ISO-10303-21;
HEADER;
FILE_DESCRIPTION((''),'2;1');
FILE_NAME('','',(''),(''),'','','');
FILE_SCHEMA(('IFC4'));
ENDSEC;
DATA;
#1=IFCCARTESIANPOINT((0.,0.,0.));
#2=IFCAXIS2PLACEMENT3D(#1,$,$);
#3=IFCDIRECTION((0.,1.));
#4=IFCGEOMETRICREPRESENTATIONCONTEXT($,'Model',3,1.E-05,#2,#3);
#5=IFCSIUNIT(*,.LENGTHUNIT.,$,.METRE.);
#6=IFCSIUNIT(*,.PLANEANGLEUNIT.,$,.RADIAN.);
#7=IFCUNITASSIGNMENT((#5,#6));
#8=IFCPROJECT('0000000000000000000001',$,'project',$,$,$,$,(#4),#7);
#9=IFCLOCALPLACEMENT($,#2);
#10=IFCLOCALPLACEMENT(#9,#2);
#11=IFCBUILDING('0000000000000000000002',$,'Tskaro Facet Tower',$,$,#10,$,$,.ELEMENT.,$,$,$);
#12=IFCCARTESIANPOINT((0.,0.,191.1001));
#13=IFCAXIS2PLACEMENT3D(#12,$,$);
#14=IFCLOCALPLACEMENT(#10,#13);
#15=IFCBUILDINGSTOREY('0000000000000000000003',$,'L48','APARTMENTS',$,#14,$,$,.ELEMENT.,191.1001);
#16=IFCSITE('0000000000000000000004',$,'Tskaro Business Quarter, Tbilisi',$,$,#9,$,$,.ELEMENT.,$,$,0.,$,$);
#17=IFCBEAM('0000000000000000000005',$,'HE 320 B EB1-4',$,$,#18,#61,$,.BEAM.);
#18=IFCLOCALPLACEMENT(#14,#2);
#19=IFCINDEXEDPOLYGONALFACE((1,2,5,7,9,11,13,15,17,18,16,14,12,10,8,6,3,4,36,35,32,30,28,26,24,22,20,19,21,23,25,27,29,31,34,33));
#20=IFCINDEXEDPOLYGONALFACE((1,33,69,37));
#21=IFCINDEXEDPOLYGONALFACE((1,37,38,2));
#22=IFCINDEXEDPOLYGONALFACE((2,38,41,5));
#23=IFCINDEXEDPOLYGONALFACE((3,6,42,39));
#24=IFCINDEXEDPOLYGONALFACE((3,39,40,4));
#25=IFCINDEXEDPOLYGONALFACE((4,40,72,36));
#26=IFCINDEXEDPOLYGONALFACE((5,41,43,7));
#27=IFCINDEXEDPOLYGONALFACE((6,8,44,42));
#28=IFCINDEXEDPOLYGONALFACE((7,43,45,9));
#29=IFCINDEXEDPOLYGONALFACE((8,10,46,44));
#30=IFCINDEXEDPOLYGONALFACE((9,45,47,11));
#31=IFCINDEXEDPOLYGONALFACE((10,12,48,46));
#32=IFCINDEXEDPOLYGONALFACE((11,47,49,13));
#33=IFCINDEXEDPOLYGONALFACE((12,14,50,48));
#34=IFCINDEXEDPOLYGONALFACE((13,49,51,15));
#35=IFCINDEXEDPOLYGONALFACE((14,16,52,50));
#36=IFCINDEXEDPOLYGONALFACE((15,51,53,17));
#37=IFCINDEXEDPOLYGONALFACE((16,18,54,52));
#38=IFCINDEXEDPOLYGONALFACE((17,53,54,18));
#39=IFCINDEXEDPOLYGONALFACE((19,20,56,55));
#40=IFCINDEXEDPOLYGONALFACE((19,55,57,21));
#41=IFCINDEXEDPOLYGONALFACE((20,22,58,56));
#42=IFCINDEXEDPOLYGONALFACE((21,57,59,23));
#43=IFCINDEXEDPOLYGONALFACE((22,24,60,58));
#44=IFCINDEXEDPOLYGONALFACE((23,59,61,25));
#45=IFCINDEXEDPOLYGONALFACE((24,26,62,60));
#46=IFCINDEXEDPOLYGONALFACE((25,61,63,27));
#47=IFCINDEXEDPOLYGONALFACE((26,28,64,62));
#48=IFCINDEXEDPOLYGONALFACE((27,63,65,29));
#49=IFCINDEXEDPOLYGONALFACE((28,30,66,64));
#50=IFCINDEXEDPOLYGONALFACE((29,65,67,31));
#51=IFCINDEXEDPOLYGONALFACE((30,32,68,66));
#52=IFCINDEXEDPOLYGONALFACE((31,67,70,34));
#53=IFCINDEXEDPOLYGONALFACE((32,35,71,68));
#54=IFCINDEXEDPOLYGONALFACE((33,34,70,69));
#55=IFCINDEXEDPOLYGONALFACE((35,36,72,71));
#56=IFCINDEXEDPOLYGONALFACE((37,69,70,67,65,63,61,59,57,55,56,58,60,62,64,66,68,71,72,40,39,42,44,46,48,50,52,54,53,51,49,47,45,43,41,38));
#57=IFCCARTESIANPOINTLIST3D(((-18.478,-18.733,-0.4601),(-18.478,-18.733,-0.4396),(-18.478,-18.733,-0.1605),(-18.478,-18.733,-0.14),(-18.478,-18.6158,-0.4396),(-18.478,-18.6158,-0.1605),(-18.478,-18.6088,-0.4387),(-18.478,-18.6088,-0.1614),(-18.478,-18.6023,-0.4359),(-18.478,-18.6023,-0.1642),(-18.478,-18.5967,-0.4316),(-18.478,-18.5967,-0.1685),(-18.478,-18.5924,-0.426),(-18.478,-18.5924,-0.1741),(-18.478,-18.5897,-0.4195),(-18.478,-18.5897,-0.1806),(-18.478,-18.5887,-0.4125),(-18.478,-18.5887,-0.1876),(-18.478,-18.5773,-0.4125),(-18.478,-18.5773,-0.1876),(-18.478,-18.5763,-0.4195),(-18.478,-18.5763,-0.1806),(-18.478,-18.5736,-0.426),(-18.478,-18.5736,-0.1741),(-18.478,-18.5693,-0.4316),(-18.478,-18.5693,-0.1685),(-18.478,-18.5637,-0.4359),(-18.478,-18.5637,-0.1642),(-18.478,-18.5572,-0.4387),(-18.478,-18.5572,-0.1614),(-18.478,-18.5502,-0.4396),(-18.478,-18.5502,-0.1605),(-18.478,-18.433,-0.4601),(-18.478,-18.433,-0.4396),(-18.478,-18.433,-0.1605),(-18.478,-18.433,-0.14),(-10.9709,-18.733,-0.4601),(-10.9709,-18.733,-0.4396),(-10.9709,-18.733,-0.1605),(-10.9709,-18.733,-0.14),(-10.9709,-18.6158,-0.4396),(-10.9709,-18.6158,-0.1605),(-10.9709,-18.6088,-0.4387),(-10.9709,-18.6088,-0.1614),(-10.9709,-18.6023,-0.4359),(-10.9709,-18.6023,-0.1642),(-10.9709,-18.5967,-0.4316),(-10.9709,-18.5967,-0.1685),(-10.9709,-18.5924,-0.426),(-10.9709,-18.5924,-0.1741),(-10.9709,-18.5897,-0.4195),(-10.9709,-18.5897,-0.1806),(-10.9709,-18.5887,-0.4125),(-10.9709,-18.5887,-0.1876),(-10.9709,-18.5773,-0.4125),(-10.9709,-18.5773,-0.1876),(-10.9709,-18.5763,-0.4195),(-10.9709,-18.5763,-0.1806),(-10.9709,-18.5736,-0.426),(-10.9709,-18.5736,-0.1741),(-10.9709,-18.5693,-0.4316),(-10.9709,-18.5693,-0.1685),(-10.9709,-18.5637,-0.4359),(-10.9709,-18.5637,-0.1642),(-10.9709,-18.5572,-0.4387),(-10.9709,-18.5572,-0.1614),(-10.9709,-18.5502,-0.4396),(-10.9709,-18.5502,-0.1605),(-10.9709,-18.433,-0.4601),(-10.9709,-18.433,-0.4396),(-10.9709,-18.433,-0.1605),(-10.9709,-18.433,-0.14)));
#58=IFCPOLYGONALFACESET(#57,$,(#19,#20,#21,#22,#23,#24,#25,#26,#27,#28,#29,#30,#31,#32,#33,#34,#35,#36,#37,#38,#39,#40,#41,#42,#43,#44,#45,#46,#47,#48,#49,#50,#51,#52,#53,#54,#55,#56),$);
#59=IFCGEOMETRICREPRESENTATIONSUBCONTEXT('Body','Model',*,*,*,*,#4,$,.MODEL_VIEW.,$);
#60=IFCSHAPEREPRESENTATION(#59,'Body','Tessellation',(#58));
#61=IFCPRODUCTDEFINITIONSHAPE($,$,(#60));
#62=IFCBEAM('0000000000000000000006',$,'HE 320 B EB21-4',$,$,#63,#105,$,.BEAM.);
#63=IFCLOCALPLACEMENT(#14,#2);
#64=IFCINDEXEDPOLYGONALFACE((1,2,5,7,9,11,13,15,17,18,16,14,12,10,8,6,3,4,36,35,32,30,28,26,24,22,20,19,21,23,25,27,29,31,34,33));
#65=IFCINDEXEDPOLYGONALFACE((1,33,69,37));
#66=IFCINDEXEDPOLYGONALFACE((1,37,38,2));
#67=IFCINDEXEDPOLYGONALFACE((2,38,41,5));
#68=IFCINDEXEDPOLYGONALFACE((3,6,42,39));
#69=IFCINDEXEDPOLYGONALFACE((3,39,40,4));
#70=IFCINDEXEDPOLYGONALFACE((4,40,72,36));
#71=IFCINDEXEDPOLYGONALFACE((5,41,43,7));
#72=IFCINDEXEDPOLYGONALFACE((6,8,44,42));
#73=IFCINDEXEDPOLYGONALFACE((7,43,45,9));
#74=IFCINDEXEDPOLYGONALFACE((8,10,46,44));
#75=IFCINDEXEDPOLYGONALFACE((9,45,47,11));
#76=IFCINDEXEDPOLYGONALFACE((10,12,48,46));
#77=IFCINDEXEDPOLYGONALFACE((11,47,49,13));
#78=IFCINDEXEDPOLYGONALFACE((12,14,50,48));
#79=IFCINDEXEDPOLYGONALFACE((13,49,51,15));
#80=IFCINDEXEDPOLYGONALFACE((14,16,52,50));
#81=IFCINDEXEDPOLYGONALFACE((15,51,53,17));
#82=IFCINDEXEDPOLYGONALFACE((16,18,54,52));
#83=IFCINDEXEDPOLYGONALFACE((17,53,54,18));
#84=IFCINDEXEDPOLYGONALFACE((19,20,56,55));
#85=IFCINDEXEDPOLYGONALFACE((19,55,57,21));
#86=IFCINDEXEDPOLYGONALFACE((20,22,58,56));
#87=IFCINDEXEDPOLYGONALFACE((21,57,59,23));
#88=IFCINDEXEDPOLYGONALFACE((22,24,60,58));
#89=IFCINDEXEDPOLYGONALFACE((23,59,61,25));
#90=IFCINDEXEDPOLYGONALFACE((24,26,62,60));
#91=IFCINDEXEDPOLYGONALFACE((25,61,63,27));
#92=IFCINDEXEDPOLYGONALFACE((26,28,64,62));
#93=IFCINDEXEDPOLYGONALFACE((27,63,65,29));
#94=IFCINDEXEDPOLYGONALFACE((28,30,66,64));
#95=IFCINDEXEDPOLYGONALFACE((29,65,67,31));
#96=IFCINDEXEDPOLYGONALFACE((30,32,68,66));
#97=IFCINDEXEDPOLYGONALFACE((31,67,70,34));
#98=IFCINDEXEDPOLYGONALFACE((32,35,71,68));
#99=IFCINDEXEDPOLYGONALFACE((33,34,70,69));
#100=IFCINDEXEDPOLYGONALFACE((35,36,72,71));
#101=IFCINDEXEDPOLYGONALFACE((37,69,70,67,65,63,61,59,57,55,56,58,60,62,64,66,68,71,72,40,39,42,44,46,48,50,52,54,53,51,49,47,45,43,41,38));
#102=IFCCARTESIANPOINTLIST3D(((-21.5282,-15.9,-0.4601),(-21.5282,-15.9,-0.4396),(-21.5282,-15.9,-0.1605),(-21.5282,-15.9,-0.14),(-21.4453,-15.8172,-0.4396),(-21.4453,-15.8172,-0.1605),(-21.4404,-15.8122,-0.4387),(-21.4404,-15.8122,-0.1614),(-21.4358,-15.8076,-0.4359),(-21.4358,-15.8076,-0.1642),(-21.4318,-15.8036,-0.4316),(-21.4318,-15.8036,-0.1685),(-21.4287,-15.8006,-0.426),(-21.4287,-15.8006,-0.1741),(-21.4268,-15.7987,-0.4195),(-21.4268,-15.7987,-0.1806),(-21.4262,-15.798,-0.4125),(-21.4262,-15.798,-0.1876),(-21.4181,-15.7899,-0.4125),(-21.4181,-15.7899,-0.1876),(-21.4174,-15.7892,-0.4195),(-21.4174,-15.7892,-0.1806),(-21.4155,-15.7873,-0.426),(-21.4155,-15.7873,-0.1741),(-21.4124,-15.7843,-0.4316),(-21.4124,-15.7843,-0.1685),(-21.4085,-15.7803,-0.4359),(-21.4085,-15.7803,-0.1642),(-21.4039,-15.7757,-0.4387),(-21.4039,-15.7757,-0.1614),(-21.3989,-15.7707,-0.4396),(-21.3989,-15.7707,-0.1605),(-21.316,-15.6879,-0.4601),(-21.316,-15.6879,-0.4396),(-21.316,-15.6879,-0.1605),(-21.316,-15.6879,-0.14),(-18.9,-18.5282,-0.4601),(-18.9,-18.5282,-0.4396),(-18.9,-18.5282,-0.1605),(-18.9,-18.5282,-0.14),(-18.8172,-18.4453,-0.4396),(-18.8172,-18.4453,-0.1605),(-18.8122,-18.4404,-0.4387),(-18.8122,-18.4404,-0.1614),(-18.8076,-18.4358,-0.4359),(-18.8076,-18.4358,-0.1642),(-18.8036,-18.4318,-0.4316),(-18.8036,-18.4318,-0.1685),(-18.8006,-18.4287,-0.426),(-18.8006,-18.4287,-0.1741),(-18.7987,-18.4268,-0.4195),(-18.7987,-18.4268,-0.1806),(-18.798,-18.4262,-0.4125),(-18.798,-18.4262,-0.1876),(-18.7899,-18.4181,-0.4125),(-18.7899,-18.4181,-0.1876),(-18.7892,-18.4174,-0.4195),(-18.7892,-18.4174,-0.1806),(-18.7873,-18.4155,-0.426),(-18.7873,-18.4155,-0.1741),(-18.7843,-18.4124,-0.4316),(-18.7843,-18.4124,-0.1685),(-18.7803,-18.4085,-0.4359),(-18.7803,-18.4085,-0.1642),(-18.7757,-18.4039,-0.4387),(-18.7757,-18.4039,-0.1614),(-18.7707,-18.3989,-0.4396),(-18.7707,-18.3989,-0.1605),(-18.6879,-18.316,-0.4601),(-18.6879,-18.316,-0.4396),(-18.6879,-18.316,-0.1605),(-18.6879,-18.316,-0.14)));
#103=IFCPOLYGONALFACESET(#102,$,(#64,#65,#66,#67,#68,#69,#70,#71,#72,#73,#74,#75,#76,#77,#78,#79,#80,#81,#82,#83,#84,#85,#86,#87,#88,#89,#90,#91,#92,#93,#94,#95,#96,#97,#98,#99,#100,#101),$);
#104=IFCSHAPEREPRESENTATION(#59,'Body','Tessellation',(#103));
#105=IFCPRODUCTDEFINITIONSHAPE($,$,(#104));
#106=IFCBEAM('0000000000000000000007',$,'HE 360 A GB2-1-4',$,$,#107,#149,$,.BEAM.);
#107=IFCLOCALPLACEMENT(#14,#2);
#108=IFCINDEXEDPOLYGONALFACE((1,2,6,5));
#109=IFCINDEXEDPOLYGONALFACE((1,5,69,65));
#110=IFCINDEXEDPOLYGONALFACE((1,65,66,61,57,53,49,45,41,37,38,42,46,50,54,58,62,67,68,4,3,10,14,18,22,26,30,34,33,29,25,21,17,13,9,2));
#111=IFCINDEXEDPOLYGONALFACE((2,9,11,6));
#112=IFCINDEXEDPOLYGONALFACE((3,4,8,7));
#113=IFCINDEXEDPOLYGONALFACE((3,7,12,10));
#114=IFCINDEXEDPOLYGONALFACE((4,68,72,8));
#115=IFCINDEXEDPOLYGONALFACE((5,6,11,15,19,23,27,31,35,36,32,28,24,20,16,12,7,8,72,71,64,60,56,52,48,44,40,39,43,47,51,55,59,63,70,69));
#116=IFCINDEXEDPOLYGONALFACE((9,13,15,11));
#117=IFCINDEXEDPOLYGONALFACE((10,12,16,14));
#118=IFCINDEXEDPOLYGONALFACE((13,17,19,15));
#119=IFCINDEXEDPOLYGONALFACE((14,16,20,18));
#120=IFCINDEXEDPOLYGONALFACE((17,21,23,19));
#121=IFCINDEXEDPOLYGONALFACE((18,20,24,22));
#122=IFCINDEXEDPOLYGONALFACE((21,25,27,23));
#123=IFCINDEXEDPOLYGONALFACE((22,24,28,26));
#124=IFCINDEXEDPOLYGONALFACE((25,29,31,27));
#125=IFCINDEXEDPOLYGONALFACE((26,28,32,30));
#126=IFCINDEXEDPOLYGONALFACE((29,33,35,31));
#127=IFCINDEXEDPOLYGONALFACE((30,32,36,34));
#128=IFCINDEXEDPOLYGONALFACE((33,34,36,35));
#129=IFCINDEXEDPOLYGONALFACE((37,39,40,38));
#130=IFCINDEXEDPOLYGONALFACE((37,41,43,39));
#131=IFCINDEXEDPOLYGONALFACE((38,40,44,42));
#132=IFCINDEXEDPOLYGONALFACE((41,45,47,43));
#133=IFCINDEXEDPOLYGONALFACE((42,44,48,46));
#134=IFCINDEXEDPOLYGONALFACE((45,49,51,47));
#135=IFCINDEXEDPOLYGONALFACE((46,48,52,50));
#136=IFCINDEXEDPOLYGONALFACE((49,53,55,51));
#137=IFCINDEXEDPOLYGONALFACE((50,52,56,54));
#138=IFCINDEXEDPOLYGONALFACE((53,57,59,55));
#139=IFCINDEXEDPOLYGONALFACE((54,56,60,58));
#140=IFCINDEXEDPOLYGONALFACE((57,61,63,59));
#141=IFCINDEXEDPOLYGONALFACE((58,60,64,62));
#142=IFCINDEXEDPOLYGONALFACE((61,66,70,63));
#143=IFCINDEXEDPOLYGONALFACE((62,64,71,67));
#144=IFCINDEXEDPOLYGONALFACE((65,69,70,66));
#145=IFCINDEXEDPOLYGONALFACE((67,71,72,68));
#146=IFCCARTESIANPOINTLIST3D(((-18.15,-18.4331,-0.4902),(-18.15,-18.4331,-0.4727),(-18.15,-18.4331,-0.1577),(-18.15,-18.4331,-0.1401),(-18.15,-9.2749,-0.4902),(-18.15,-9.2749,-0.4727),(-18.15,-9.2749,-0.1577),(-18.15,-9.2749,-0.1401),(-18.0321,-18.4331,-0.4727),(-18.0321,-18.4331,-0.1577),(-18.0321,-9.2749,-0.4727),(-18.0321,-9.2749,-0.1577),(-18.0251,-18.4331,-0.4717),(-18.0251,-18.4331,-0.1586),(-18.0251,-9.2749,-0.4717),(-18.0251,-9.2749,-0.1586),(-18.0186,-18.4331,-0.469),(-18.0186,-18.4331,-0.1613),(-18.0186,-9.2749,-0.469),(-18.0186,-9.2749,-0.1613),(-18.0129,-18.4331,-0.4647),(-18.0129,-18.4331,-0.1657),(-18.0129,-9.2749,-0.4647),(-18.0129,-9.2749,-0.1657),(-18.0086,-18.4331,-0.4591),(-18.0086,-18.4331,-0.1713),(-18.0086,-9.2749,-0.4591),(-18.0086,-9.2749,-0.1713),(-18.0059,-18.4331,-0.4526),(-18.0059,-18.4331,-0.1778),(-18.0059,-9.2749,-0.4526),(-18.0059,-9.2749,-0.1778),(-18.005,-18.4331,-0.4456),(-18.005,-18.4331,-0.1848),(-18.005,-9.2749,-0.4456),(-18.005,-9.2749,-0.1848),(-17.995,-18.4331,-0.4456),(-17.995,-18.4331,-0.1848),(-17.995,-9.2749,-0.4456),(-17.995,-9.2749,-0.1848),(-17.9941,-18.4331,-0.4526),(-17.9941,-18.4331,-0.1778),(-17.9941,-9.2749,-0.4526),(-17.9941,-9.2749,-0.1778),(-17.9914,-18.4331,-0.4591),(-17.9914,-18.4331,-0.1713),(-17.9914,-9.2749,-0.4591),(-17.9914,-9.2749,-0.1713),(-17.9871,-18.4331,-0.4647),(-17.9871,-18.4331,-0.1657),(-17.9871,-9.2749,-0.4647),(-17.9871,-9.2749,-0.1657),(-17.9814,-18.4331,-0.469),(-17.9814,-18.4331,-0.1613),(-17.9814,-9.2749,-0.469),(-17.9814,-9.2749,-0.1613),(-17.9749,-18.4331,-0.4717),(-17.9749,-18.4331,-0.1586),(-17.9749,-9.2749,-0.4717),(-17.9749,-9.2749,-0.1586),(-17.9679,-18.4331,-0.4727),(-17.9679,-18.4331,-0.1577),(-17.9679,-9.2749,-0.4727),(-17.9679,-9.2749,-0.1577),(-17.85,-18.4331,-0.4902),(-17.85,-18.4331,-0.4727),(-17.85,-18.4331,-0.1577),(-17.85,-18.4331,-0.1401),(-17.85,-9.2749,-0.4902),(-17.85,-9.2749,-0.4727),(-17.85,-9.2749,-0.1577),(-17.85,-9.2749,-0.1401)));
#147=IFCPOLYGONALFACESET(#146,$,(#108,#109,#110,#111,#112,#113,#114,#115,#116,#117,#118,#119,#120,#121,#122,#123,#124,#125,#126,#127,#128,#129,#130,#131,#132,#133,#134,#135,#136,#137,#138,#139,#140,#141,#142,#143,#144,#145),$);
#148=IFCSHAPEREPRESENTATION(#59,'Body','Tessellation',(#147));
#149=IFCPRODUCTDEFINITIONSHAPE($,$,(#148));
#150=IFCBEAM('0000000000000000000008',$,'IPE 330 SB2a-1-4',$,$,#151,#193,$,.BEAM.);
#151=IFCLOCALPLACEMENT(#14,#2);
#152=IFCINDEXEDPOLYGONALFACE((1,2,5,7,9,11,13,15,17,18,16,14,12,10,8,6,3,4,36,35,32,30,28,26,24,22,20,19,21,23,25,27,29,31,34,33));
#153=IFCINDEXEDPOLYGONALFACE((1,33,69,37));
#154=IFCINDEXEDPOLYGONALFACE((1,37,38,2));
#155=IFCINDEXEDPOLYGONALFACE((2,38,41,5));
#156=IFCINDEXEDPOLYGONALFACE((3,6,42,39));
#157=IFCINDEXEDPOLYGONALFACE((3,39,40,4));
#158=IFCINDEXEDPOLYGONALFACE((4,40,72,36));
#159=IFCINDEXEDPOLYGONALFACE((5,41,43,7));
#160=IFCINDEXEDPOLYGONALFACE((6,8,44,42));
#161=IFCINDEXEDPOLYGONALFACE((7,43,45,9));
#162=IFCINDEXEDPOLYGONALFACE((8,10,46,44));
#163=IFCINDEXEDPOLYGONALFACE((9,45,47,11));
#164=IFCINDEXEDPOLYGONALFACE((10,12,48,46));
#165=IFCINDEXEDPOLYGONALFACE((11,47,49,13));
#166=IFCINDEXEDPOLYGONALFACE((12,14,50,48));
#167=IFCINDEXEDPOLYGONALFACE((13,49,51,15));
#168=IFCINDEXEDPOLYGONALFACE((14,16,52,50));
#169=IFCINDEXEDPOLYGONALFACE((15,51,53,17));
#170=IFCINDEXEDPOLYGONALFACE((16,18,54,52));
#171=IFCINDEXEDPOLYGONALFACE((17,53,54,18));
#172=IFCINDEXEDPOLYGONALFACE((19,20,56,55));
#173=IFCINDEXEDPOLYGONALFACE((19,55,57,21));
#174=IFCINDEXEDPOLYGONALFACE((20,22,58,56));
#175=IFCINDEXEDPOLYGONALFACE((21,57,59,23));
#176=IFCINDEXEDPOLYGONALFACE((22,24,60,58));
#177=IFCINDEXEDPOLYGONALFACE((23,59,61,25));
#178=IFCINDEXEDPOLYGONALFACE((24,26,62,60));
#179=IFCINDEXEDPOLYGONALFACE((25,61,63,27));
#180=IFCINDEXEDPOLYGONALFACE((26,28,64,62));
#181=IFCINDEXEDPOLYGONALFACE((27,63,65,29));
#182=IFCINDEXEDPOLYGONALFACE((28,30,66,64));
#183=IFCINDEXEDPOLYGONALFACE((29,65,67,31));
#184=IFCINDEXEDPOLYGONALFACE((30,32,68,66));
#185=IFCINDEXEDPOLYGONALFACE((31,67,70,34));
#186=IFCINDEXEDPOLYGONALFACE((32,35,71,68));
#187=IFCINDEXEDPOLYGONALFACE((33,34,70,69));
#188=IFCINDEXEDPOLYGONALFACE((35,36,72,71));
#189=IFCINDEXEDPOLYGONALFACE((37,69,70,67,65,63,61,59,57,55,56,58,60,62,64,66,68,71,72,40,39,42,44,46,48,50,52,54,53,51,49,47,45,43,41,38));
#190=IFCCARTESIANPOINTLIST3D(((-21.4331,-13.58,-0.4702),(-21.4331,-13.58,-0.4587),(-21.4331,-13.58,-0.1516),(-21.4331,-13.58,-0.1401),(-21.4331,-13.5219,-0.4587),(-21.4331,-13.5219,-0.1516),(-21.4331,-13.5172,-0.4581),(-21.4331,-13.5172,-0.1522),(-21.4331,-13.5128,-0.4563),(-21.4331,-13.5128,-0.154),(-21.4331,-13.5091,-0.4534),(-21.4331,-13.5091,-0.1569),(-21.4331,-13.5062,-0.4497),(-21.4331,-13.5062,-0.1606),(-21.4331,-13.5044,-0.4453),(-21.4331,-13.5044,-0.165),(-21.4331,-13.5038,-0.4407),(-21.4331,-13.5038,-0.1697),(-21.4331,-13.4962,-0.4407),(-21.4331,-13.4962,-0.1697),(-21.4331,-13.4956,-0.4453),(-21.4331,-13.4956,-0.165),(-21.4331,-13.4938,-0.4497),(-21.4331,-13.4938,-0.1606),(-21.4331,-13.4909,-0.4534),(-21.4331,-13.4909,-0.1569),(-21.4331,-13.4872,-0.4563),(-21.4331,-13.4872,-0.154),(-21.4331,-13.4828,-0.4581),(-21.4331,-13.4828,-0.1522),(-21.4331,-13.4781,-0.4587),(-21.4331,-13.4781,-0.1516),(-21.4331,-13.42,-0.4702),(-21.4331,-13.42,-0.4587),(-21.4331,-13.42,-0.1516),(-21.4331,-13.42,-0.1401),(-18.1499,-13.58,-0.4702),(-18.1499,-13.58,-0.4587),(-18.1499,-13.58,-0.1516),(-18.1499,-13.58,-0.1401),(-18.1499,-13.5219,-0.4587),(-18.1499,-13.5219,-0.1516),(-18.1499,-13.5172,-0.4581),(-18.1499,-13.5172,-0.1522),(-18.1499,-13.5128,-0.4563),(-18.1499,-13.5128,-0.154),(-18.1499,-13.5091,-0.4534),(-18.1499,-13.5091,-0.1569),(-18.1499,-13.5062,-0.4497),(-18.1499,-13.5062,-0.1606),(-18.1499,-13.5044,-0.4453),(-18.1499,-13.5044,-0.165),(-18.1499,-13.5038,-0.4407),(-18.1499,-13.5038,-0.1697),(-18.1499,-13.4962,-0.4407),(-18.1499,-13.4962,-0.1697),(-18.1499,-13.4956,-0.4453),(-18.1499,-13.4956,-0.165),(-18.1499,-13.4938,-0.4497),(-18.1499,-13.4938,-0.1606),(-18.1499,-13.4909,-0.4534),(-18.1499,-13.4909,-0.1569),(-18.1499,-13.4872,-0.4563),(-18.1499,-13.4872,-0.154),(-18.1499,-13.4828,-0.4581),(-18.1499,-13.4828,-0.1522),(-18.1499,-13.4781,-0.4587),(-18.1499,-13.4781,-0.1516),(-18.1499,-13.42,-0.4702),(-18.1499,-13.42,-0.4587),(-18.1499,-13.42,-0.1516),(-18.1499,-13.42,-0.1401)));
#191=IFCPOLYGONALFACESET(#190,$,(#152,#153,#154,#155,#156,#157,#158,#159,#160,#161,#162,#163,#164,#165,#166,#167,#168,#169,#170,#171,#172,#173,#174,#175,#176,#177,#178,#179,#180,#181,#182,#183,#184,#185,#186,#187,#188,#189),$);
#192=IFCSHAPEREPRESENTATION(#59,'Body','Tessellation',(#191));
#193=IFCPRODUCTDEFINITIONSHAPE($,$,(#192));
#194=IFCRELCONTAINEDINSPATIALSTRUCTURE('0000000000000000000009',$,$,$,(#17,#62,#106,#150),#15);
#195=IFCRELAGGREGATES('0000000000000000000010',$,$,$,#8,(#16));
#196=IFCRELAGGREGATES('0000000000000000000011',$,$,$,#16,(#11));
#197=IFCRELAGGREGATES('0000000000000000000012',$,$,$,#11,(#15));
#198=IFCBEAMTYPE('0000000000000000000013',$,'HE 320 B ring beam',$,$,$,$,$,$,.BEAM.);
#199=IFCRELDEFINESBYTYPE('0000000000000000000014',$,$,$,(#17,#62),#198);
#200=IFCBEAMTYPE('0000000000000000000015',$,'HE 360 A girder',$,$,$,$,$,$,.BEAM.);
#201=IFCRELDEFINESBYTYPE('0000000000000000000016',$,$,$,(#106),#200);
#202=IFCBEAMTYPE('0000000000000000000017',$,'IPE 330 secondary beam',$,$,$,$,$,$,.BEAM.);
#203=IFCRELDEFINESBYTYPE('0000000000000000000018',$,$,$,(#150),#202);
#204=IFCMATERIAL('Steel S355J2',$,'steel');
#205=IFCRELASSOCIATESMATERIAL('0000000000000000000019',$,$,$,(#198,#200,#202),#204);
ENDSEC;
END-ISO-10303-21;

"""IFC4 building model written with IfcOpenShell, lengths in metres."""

from ifc_helpers import new_model, si_unit, direction, frame, origin, origin_2d, place, context, subcontext, project, spatial, i_section, extrude, material, material_profile, profile_set, type_object, element, save


model = new_model("IFC4")

# Units and contexts
model_context = context("Model", 3, precision=1e-05, world=origin(), true_north=direction((0.0, 1.0)))
body_context = subcontext(model_context, "Body", "Model", "MODEL_VIEW")
ifc_project = project(units=[si_unit("LENGTHUNIT", "METRE"), si_unit("PLANEANGLEUNIT", "RADIAN")], contexts=[model_context])

# Site, building, storey
site_placement = place(None, origin())
site = spatial("IfcSite", under=ifc_project, at=site_placement, Name="Tskaro Business Quarter, Tbilisi", CompositionType="ELEMENT", RefElevation=0.0)
building_placement = place(site_placement, origin())
building = spatial("IfcBuilding", under=site, at=building_placement, Name="Tskaro Facet Tower", CompositionType="ELEMENT")
storey_placement = place(building_placement, frame((0.0, 0.0, 191.1001)))
storey = spatial("IfcBuildingStorey", under=building, at=storey_placement, Name="L48", Description="APARTMENTS", CompositionType="ELEMENT", Elevation=191.1001)

# Beams
ifc_material_1 = material(Name="Steel S355J2", Category="steel")
ifc_material_profile_1 = material_profile(ifc_material_1, i_section(OverallWidth=0.3, OverallDepth=0.3201, WebThickness=0.0115, FlangeThickness=0.0205, FilletRadius=0.0271, at=origin_2d()), Name="HE 320 B")
ifc_profile_set_1 = profile_set([ifc_material_profile_1], Name="Steel S355J2")
beam_type_1 = type_object("IfcBeamType", Name="HE 320 B ring beam", PredefinedType="BEAM", material=ifc_profile_set_1)
beam_1_placement = place(storey_placement, frame((-18.478, -18.583, -0.3), z_axis=(1.0, 0.0, 0.0), x_axis=(0.0, 1.0, 0.0)))
element("IfcBeam", 1, at=beam_1_placement, inside=storey, type_object=beam_type_1, Name="HE 320 B EB1-4", PredefinedType="BEAM", context=body_context, shape_type="SweptSolid", body=[
    extrude(i_section(OverallWidth=0.3, OverallDepth=0.3201, WebThickness=0.0115, FlangeThickness=0.0205, FilletRadius=0.0271, at=origin_2d()), origin(), (0.0, 0.0, 1.0), 7.5071),
])
beam_2_placement = place(storey_placement, frame((-21.4221, -15.7939, -0.3), z_axis=(0.707107, -0.707107, 0.0), x_axis=(0.707107, 0.707107, 0.0)))
element("IfcBeam", 2, at=beam_2_placement, inside=storey, type_object=beam_type_1, Name="HE 320 B EB21-4", PredefinedType="BEAM", context=body_context, shape_type="SweptSolid", body=[
    extrude(i_section(OverallWidth=0.3, OverallDepth=0.3201, WebThickness=0.0115, FlangeThickness=0.0205, FilletRadius=0.0271, at=origin_2d()), origin(), (0.0, 0.0, 1.0), 3.7168),
])
ifc_material_profile_2 = material_profile(ifc_material_1, i_section(OverallWidth=0.3, OverallDepth=0.3501, WebThickness=0.01, FlangeThickness=0.0176, FilletRadius=0.0271, at=origin_2d()), Name="HE 360 A")
ifc_profile_set_2 = profile_set([ifc_material_profile_2], Name="Steel S355J2")
beam_type_2 = type_object("IfcBeamType", Name="HE 360 A girder", PredefinedType="BEAM", material=ifc_profile_set_2)
beam_3_placement = place(storey_placement, frame((-18.0, -18.4331, -0.3152), z_axis=(0.0, 1.0, 0.0), x_axis=(-1.0, 0.0, 0.0)))
element("IfcBeam", 3, at=beam_3_placement, inside=storey, type_object=beam_type_2, Name="HE 360 A GB2-1-4", PredefinedType="BEAM", context=body_context, shape_type="SweptSolid", body=[
    extrude(i_section(OverallWidth=0.3, OverallDepth=0.3501, WebThickness=0.01, FlangeThickness=0.0176, FilletRadius=0.0271, at=origin_2d()), origin(), (0.0, 0.0, 1.0), 9.1582),
])
ifc_material_profile_3 = material_profile(ifc_material_1, i_section(OverallWidth=0.1599, OverallDepth=0.3301, WebThickness=0.0076, FlangeThickness=0.0115, FilletRadius=0.0181, at=origin_2d()), Name="IPE 330")
ifc_profile_set_3 = profile_set([ifc_material_profile_3], Name="Steel S355J2")
beam_type_3 = type_object("IfcBeamType", Name="IPE 330 secondary beam", PredefinedType="BEAM", material=ifc_profile_set_3)
beam_4_placement = place(storey_placement, frame((-21.4331, -13.5, -0.3052), z_axis=(1.0, 0.0, 0.0), x_axis=(0.0, 1.0, 0.0)))
element("IfcBeam", 4, at=beam_4_placement, inside=storey, type_object=beam_type_3, Name="IPE 330 SB2a-1-4", PredefinedType="BEAM", context=body_context, shape_type="SweptSolid", body=[
    extrude(i_section(OverallWidth=0.1599, OverallDepth=0.3301, WebThickness=0.0076, FlangeThickness=0.0115, FilletRadius=0.0181, at=origin_2d()), origin(), (0.0, 0.0, 1.0), 3.2832),
])

save(model, "model.ifc")
